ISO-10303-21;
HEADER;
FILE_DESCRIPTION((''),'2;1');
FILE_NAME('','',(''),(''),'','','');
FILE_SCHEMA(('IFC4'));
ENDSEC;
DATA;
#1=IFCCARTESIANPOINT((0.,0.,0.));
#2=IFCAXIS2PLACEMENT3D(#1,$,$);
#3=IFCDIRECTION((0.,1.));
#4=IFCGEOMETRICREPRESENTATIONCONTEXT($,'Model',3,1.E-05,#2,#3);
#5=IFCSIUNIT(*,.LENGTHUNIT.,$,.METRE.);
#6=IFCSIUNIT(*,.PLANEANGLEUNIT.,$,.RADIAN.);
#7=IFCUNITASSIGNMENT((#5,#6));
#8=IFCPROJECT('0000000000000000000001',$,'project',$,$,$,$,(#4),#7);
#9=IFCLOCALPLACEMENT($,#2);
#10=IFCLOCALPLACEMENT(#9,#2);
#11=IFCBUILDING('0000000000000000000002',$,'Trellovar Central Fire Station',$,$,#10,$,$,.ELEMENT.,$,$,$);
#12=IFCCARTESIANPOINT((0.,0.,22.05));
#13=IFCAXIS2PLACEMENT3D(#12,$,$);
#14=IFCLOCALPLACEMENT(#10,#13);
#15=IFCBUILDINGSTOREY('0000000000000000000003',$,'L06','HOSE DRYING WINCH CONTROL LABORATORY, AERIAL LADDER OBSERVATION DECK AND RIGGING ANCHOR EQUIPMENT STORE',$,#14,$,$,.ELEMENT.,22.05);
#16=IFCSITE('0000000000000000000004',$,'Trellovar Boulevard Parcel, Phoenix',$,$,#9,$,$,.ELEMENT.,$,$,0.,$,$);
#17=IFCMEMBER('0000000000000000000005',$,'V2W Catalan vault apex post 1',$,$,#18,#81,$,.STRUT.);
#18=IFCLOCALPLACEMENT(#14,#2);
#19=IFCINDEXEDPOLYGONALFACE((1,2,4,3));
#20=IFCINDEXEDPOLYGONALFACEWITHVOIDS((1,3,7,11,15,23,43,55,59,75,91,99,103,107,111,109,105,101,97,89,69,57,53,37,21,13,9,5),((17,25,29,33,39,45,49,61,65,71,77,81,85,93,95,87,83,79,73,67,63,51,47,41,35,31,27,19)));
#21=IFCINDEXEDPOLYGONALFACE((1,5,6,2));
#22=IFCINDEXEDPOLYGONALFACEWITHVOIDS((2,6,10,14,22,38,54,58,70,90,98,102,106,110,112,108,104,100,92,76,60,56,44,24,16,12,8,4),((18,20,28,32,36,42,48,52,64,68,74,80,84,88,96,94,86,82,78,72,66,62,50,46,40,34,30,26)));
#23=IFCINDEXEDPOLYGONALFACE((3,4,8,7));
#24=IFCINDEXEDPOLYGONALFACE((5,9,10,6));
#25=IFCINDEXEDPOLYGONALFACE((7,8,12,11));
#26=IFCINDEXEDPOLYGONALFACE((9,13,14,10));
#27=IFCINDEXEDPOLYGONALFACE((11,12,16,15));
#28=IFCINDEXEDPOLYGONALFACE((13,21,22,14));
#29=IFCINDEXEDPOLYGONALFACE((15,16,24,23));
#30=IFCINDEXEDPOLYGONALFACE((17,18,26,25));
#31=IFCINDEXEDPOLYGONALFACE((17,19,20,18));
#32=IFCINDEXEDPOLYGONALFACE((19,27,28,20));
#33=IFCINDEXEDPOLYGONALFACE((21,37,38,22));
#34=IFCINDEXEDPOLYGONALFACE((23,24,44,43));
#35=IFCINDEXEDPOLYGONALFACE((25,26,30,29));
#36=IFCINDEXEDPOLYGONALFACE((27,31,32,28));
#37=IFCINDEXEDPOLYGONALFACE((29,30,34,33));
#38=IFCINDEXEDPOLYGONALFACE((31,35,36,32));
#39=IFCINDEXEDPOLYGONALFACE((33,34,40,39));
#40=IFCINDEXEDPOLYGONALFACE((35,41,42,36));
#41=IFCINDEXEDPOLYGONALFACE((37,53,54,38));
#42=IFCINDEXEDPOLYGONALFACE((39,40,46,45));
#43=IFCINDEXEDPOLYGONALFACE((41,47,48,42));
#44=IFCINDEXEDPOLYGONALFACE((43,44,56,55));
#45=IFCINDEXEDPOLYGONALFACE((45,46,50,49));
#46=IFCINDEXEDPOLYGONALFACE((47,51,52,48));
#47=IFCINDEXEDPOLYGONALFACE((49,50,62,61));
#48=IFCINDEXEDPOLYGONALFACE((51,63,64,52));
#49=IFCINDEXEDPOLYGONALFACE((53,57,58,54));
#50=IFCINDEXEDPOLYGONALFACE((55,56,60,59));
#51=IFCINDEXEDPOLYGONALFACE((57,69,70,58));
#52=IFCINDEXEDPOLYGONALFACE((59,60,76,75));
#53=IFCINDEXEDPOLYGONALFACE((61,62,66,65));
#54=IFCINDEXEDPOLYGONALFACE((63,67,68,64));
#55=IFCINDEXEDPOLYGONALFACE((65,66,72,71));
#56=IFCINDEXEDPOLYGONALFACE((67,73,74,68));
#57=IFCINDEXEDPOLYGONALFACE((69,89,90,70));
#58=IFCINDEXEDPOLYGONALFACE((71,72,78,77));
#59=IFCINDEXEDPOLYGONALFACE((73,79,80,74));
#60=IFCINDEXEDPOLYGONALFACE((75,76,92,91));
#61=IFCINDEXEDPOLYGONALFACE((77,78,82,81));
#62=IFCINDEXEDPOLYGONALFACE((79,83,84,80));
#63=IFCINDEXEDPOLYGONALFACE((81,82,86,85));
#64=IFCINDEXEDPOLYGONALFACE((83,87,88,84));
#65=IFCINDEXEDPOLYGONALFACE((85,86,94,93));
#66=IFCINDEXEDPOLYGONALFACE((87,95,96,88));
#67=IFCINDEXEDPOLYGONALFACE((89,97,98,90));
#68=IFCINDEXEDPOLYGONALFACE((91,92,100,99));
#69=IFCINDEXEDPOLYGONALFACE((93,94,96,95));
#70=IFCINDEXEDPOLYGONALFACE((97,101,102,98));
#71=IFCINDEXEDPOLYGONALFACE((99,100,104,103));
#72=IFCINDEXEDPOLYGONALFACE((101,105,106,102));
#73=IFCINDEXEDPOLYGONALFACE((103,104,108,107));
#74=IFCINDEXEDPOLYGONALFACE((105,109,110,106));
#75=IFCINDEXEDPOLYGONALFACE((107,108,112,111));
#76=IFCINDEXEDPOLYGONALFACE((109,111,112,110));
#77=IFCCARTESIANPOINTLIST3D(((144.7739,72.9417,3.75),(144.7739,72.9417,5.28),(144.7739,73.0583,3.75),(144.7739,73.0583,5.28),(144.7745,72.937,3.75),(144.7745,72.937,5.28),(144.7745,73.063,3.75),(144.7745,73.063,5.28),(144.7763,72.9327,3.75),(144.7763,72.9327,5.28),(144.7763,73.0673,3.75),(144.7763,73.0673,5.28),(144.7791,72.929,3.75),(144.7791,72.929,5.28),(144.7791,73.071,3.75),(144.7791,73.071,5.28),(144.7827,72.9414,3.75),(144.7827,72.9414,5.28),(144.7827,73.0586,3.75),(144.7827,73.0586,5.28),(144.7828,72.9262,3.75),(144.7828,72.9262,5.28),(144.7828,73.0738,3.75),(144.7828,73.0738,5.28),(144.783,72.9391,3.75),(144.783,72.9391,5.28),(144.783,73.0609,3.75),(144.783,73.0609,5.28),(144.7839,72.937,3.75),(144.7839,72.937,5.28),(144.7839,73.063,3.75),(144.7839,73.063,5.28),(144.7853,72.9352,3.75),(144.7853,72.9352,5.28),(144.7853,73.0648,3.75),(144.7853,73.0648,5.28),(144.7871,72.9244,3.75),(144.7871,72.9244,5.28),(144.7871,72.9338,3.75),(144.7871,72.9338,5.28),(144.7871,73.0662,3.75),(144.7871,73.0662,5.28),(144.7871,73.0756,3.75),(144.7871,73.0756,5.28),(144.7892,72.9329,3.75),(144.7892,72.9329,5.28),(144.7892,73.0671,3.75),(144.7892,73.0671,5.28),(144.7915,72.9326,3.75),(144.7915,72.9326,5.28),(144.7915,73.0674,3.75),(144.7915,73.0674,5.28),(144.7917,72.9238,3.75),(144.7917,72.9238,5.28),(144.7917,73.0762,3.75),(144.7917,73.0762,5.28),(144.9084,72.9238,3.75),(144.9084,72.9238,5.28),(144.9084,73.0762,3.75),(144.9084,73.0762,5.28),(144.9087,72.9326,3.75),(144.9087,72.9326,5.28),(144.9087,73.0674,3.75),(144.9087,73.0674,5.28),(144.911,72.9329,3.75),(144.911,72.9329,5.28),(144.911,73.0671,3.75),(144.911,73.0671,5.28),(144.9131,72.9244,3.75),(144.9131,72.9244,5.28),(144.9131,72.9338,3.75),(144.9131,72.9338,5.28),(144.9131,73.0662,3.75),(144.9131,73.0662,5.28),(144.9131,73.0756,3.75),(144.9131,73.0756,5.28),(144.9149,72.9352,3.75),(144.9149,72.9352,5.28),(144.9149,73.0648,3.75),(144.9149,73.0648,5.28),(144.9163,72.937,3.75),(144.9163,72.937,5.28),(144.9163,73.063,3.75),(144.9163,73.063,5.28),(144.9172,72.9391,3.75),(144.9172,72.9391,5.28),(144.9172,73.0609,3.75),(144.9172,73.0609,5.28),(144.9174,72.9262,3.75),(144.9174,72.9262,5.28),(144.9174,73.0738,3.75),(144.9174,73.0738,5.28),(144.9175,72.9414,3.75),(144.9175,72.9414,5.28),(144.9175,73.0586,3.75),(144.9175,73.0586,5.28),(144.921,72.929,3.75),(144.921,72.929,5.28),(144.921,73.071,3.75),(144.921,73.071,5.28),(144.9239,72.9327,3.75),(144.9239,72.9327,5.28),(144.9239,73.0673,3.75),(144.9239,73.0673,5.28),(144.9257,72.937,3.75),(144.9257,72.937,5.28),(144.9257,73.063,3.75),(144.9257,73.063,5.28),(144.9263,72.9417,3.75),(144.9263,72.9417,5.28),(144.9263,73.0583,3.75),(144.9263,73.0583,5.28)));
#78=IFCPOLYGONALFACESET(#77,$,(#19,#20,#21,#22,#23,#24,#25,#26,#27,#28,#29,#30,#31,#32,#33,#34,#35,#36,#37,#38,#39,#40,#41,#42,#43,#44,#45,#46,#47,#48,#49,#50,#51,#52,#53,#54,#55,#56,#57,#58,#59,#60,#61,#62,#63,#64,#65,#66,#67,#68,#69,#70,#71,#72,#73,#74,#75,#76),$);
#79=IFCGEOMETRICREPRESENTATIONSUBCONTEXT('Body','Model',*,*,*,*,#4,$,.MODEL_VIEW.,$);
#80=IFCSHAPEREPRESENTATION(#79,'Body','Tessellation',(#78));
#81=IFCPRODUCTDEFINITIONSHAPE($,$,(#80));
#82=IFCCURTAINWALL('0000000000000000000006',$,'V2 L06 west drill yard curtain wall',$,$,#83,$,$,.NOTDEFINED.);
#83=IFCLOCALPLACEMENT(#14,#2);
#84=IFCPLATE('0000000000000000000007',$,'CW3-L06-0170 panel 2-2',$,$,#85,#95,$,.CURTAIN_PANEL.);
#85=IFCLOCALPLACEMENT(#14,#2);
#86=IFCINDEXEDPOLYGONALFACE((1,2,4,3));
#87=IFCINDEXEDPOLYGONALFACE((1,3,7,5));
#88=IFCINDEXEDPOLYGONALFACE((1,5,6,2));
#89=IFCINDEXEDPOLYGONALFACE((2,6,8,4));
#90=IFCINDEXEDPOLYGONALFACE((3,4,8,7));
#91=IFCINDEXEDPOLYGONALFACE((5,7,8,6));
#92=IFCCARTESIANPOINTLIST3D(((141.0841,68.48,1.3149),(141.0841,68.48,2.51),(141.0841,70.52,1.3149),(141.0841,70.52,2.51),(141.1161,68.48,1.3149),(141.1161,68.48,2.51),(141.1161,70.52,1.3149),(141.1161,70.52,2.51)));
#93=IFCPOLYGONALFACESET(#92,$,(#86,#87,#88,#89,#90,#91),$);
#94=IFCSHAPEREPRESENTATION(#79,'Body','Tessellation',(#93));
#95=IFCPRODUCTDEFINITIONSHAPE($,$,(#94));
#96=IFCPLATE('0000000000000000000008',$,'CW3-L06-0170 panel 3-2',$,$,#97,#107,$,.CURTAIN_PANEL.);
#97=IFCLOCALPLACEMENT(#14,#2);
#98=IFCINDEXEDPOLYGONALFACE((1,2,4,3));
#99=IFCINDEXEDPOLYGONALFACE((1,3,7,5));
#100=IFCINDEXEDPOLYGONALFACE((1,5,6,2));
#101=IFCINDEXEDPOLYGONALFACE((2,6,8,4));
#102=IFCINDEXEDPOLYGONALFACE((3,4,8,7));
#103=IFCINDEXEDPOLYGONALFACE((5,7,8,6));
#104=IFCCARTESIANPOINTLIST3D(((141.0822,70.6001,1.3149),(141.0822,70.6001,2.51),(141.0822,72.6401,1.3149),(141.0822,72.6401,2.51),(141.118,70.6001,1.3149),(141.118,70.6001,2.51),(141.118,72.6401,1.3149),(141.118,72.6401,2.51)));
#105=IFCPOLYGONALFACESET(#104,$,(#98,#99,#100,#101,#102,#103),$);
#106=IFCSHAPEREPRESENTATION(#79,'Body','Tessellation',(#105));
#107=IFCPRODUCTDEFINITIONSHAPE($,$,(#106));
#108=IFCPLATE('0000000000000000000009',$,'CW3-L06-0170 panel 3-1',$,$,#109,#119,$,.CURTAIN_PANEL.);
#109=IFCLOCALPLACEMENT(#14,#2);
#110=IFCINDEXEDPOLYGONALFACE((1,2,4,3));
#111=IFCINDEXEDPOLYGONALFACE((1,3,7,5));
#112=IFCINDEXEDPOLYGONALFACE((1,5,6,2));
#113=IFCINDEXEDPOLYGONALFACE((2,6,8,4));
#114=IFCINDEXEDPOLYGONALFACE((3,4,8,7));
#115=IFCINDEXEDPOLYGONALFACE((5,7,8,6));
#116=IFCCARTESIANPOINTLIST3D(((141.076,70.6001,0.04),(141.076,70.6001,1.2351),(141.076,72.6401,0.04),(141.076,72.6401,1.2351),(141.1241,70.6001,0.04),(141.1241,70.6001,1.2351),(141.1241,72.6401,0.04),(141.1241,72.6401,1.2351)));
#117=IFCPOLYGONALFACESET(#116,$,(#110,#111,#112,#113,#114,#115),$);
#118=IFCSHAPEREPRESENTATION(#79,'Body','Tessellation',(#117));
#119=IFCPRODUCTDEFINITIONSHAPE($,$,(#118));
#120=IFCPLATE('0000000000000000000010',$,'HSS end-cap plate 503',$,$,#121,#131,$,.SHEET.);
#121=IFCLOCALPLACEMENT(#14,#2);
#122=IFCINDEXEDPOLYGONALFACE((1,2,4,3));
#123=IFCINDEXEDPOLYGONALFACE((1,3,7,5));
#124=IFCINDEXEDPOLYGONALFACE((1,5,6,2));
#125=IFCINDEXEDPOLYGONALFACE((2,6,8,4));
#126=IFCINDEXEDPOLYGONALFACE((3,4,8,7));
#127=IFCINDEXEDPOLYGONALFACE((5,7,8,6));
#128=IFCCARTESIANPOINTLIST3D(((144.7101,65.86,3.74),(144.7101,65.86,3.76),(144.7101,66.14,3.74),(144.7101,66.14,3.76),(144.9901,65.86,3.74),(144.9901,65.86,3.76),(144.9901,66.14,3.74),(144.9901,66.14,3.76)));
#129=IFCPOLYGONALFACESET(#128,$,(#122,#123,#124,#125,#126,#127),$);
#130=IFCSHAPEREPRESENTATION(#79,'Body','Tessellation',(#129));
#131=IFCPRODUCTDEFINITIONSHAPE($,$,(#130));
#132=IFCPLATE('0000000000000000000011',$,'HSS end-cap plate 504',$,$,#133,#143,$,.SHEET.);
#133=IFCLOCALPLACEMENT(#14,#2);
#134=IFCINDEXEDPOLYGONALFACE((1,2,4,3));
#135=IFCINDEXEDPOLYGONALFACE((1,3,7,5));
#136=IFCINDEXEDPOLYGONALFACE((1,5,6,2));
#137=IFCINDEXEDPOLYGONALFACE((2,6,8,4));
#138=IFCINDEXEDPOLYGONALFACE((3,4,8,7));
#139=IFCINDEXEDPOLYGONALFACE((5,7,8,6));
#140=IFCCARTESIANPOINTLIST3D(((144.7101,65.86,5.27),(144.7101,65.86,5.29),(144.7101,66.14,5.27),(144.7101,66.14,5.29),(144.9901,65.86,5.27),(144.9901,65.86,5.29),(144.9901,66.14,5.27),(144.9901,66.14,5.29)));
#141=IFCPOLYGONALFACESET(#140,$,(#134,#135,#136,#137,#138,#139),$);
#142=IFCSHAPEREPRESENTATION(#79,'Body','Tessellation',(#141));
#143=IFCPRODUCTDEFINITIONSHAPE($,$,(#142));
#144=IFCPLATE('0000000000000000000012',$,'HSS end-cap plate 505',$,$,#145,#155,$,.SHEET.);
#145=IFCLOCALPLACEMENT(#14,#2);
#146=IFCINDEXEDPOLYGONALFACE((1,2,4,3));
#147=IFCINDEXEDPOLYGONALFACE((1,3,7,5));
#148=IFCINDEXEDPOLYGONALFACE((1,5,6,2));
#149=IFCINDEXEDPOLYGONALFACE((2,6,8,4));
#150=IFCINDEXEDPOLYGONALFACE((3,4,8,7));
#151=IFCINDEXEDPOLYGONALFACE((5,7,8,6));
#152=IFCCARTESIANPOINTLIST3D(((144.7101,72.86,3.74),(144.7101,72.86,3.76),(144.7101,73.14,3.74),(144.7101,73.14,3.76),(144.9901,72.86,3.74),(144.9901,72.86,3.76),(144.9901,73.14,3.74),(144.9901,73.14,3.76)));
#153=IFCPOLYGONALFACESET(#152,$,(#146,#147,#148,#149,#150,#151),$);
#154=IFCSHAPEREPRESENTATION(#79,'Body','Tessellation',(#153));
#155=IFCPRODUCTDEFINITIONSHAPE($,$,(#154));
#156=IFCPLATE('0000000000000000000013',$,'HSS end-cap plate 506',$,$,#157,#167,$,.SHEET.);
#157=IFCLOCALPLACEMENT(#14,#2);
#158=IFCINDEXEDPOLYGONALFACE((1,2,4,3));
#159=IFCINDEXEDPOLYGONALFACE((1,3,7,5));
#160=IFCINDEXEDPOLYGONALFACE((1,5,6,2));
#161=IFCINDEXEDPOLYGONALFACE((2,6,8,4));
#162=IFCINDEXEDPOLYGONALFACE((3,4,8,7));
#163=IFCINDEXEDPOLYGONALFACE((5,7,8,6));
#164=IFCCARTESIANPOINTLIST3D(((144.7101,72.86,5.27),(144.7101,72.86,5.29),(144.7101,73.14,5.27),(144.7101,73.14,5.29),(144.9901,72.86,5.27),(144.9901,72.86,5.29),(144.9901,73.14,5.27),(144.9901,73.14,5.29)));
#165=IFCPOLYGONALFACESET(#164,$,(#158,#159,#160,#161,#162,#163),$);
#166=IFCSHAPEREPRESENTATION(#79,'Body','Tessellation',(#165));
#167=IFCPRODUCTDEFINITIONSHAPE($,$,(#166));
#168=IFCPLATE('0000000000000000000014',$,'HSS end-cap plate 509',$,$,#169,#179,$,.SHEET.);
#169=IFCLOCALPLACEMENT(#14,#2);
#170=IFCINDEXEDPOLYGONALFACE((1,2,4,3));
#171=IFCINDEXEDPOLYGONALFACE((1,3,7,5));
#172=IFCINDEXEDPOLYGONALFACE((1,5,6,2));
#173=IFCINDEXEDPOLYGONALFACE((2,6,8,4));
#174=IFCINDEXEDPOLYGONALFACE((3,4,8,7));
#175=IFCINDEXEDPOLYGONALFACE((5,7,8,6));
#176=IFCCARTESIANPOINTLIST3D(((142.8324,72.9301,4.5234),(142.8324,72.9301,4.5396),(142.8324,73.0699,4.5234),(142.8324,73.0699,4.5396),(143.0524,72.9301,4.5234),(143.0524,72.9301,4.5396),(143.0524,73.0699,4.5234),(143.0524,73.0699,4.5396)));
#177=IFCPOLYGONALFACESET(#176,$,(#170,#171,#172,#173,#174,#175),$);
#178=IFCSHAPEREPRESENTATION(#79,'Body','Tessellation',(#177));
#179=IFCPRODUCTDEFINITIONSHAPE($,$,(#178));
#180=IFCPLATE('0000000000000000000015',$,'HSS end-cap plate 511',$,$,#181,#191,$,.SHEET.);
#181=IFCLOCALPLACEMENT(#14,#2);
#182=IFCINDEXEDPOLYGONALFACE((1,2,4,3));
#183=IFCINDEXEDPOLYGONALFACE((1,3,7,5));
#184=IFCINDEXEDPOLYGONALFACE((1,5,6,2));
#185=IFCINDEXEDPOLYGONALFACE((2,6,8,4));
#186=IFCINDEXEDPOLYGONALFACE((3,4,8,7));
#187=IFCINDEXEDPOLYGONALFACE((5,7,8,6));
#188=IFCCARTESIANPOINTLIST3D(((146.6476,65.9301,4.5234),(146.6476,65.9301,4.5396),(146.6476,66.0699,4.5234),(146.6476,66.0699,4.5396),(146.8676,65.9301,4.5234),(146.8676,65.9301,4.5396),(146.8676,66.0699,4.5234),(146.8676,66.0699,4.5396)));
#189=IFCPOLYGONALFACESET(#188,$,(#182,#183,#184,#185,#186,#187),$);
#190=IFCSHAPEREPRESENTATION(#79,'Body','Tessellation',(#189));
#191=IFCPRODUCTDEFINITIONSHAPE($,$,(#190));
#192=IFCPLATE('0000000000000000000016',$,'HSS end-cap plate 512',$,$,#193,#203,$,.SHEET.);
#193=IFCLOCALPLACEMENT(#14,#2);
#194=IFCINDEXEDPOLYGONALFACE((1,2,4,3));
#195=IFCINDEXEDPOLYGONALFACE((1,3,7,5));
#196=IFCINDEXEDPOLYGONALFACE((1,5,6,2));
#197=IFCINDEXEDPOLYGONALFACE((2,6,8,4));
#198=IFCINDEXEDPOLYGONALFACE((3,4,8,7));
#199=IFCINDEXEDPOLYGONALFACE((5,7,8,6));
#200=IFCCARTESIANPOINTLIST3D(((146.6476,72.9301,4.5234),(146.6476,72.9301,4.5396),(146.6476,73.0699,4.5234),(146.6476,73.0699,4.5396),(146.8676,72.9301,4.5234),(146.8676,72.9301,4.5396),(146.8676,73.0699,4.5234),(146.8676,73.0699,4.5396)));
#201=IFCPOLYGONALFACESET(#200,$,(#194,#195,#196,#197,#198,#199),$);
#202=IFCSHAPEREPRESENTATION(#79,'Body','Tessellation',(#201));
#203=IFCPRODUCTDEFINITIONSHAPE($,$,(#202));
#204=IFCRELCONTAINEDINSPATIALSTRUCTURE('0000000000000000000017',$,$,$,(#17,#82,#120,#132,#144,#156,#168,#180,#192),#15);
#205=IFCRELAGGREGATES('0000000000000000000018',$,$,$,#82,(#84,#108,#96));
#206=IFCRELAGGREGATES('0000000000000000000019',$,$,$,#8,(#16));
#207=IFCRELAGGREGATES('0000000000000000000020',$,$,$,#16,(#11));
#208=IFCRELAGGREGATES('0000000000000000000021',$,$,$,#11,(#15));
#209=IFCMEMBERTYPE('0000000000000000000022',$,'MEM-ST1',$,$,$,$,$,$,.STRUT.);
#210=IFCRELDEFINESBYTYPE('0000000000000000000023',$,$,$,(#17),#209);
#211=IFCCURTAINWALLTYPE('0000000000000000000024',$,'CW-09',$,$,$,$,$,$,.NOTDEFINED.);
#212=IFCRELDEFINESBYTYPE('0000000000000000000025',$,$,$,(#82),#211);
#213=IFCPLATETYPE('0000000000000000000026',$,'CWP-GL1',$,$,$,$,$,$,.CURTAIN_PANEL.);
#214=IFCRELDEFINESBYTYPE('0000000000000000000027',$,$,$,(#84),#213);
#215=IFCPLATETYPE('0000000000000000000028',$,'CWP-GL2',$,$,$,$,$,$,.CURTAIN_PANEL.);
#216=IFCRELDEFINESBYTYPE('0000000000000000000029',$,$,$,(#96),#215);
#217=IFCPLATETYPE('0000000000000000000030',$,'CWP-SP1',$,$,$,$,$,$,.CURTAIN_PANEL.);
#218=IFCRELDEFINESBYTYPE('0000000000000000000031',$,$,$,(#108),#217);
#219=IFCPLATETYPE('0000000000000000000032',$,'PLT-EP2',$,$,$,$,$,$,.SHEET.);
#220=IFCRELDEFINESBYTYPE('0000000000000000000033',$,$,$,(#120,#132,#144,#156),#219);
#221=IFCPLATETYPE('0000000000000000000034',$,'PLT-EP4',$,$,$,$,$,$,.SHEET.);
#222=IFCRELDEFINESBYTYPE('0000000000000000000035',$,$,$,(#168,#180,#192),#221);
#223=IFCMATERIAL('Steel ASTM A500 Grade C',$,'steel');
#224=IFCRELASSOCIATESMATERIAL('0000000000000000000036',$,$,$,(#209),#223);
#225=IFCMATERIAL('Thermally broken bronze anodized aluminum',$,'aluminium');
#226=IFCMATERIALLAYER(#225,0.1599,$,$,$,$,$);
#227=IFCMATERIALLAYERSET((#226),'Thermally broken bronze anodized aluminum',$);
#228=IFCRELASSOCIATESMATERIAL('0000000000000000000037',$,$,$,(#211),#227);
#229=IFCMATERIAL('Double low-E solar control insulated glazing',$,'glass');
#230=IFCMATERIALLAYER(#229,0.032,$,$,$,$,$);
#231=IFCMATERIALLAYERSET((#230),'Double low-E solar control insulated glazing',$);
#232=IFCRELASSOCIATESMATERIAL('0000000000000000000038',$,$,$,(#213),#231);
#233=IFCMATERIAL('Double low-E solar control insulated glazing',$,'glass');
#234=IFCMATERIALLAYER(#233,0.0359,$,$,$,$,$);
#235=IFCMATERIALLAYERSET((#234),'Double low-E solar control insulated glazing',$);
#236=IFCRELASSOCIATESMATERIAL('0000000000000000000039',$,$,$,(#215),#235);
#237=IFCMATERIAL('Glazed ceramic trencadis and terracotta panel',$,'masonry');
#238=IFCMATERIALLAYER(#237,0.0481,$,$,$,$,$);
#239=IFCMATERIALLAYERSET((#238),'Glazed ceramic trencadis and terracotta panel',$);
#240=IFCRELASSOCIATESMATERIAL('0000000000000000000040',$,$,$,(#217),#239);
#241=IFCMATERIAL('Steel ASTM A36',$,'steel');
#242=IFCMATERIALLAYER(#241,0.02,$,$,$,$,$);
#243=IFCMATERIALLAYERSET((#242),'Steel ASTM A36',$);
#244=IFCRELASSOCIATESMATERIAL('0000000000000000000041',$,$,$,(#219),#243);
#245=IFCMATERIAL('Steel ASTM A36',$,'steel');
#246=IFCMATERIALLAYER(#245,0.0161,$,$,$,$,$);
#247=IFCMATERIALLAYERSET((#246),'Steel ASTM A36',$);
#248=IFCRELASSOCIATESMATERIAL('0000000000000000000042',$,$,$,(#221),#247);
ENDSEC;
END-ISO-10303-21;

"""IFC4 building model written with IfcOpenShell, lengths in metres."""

from ifc_helpers import new_model, si_unit, direction, frame, origin, origin_2d, place, context, subcontext, project, spatial, rectangle, hollow_rectangle, extrude, material, layer, layer_set, material_profile, profile_set, type_object, element, aggregate, save


model = new_model("IFC4")

# Units and contexts
model_context = context("Model", 3, precision=1e-05, world=origin(), true_north=direction((0.0, 1.0)))
body_context = subcontext(model_context, "Body", "Model", "MODEL_VIEW")
ifc_project = project(units=[si_unit("LENGTHUNIT", "METRE"), si_unit("PLANEANGLEUNIT", "RADIAN")], contexts=[model_context])

# Site, building, storey
site_placement = place(None, origin())
site = spatial("IfcSite", under=ifc_project, at=site_placement, Name="Trellovar Boulevard Parcel, Phoenix", CompositionType="ELEMENT", RefElevation=0.0)
building_placement = place(site_placement, origin())
building = spatial("IfcBuilding", under=site, at=building_placement, Name="Trellovar Central Fire Station", CompositionType="ELEMENT")
storey_placement = place(building_placement, frame((0.0, 0.0, 22.05)))
storey = spatial("IfcBuildingStorey", under=building, at=storey_placement, Name="L06", Description="HOSE DRYING WINCH CONTROL LABORATORY, AERIAL LADDER OBSERVATION DECK AND RIGGING ANCHOR EQUIPMENT STORE", CompositionType="ELEMENT", Elevation=22.05)

# Member
ifc_material_1 = material(Name="Steel ASTM A500 Grade C", Category="steel")
ifc_material_profile_1 = material_profile(ifc_material_1, hollow_rectangle(XDim=0.1523, YDim=0.1523, WallThickness=0.0088, InnerFilletRadius=0.0088, OuterFilletRadius=0.0178, at=origin_2d()), Name="HSS6X6X3/8")
ifc_profile_set_1 = profile_set([ifc_material_profile_1], Name="Steel ASTM A500 Grade C")
member_type_1 = type_object("IfcMemberType", Name="MEM-ST1", PredefinedType="STRUT", material=ifc_profile_set_1)
for number, where, z_axis, x_axis, name in (
    (1, (144.8501, 73.0, 3.75), (0.0, 0.0, 1.0), (1.0, 0.0, 0.0), "V2W Catalan vault apex post 1"),
):
    element("IfcMember", number, at=place(storey_placement, frame(where, z_axis=z_axis, x_axis=x_axis)), inside=storey, type_object=member_type_1, Name=name, PredefinedType="STRUT", context=body_context, shape_type="SweptSolid", body=[
        extrude(hollow_rectangle(XDim=0.1523, YDim=0.1523, WallThickness=0.0088, InnerFilletRadius=0.0088, OuterFilletRadius=0.0178, at=origin_2d()), origin(), (0.0, 0.0, 1.0), 1.53),
    ])

# Curtain wall, plates
ifc_material_2 = material(Name="Thermally broken bronze anodized aluminum", Category="aluminium")
ifc_layer_1 = layer(ifc_material_2, 0.1599)
ifc_layer_set_1 = layer_set([ifc_layer_1], Name="Thermally broken bronze anodized aluminum")
curtain_wall_type = type_object("IfcCurtainWallType", Name="CW-09", PredefinedType="NOTDEFINED", material=ifc_layer_set_1)
curtain_wall_placement = place(storey_placement, origin())
curtain_wall = element("IfcCurtainWall", 2, at=curtain_wall_placement, inside=storey, type_object=curtain_wall_type, Name="V2 L06 west drill yard curtain wall", PredefinedType="NOTDEFINED")
ifc_material_3 = material(Name="Double low-E solar control insulated glazing", Category="glass")
ifc_layer_2 = layer(ifc_material_3, 0.032)
ifc_layer_set_2 = layer_set([ifc_layer_2], Name="Double low-E solar control insulated glazing")
plate_type_1 = type_object("IfcPlateType", Name="CWP-GL1", PredefinedType="CURTAIN_PANEL", material=ifc_layer_set_2)
plate_1_placement = place(storey_placement, frame((141.1001, 69.5, 1.3149), z_axis=(0.0, 0.0, 1.0), x_axis=(0.0, 1.0, 0.0)))
plate_1 = element("IfcPlate", 3, at=plate_1_placement, type_object=plate_type_1, Name="CW3-L06-0170 panel 2-2", PredefinedType="CURTAIN_PANEL", context=body_context, shape_type="SweptSolid", body=[
    extrude(rectangle(XDim=2.04, YDim=0.032, at=origin_2d()), origin(), (0.0, 0.0, 1.0), 1.1951),
])
ifc_material_4 = material(Name="Double low-E solar control insulated glazing", Category="glass")
ifc_layer_3 = layer(ifc_material_4, 0.0359)
ifc_layer_set_3 = layer_set([ifc_layer_3], Name="Double low-E solar control insulated glazing")
plate_type_2 = type_object("IfcPlateType", Name="CWP-GL2", PredefinedType="CURTAIN_PANEL", material=ifc_layer_set_3)
plate_2_placement = place(storey_placement, frame((141.1001, 71.6201, 1.3149), z_axis=(0.0, 0.0, 1.0), x_axis=(0.0, 1.0, 0.0)))
plate_2 = element("IfcPlate", 4, at=plate_2_placement, type_object=plate_type_2, Name="CW3-L06-0170 panel 3-2", PredefinedType="CURTAIN_PANEL", context=body_context, shape_type="SweptSolid", body=[
    extrude(rectangle(XDim=2.04, YDim=0.0359, at=origin_2d()), origin(), (0.0, 0.0, 1.0), 1.1951),
])
ifc_material_5 = material(Name="Glazed ceramic trencadis and terracotta panel", Category="masonry")
ifc_layer_4 = layer(ifc_material_5, 0.0481)
ifc_layer_set_4 = layer_set([ifc_layer_4], Name="Glazed ceramic trencadis and terracotta panel")
plate_type_3 = type_object("IfcPlateType", Name="CWP-SP1", PredefinedType="CURTAIN_PANEL", material=ifc_layer_set_4)
plate_3_placement = place(storey_placement, frame((141.1001, 71.6201, 0.04), z_axis=(0.0, 0.0, 1.0), x_axis=(0.0, 1.0, 0.0)))
plate_3 = element("IfcPlate", 5, at=plate_3_placement, type_object=plate_type_3, Name="CW3-L06-0170 panel 3-1", PredefinedType="CURTAIN_PANEL", context=body_context, shape_type="SweptSolid", body=[
    extrude(rectangle(XDim=2.04, YDim=0.0481, at=origin_2d()), origin(), (0.0, 0.0, 1.0), 1.1951),
])
aggregate(curtain_wall, [plate_1, plate_3, plate_2])

# Plates
ifc_material_6 = material(Name="Steel ASTM A36", Category="steel")
ifc_layer_5 = layer(ifc_material_6, 0.02)
ifc_layer_set_5 = layer_set([ifc_layer_5], Name="Steel ASTM A36")
plate_type_4 = type_object("IfcPlateType", Name="PLT-EP2", PredefinedType="SHEET", material=ifc_layer_set_5)
for number, where, z_axis, x_axis, name in (
    (6, (144.8501, 66.0, 3.74), (0.0, 0.0, 1.0), (1.0, 0.0, 0.0), "HSS end-cap plate 503"),
    (7, (144.8501, 66.0, 5.27), (0.0, 0.0, 1.0), (1.0, 0.0, 0.0), "HSS end-cap plate 504"),
    (8, (144.8501, 73.0, 3.74), (0.0, 0.0, 1.0), (1.0, 0.0, 0.0), "HSS end-cap plate 505"),
    (9, (144.8501, 73.0, 5.27), (0.0, 0.0, 1.0), (1.0, 0.0, 0.0), "HSS end-cap plate 506"),
):
    element("IfcPlate", number, at=place(storey_placement, frame(where, z_axis=z_axis, x_axis=x_axis)), inside=storey, type_object=plate_type_4, Name=name, PredefinedType="SHEET", context=body_context, shape_type="SweptSolid", body=[
        extrude(rectangle(XDim=0.28, YDim=0.28, at=origin_2d()), origin(), (0.0, 0.0, 1.0), 0.02),
    ])
ifc_material_7 = material(Name="Steel ASTM A36", Category="steel")
ifc_layer_6 = layer(ifc_material_7, 0.0161)
ifc_layer_set_6 = layer_set([ifc_layer_6], Name="Steel ASTM A36")
plate_type_5 = type_object("IfcPlateType", Name="PLT-EP4", PredefinedType="SHEET", material=ifc_layer_set_6)
for number, where, z_axis, x_axis, name in (
    (10, (142.9424, 73.0, 4.5234), (0.0, 0.0, 1.0), (1.0, 0.0, 0.0), "HSS end-cap plate 509"),
    (11, (146.7576, 66.0, 4.5234), (0.0, 0.0, 1.0), (1.0, 0.0, 0.0), "HSS end-cap plate 511"),
    (12, (146.7576, 73.0, 4.5234), (0.0, 0.0, 1.0), (1.0, 0.0, 0.0), "HSS end-cap plate 512"),
):
    element("IfcPlate", number, at=place(storey_placement, frame(where, z_axis=z_axis, x_axis=x_axis)), inside=storey, type_object=plate_type_5, Name=name, PredefinedType="SHEET", context=body_context, shape_type="SweptSolid", body=[
        extrude(rectangle(XDim=0.22, YDim=0.1399, at=origin_2d()), origin(), (0.0, 0.0, 1.0), 0.0161),
    ])

save(model, "model.ifc")
